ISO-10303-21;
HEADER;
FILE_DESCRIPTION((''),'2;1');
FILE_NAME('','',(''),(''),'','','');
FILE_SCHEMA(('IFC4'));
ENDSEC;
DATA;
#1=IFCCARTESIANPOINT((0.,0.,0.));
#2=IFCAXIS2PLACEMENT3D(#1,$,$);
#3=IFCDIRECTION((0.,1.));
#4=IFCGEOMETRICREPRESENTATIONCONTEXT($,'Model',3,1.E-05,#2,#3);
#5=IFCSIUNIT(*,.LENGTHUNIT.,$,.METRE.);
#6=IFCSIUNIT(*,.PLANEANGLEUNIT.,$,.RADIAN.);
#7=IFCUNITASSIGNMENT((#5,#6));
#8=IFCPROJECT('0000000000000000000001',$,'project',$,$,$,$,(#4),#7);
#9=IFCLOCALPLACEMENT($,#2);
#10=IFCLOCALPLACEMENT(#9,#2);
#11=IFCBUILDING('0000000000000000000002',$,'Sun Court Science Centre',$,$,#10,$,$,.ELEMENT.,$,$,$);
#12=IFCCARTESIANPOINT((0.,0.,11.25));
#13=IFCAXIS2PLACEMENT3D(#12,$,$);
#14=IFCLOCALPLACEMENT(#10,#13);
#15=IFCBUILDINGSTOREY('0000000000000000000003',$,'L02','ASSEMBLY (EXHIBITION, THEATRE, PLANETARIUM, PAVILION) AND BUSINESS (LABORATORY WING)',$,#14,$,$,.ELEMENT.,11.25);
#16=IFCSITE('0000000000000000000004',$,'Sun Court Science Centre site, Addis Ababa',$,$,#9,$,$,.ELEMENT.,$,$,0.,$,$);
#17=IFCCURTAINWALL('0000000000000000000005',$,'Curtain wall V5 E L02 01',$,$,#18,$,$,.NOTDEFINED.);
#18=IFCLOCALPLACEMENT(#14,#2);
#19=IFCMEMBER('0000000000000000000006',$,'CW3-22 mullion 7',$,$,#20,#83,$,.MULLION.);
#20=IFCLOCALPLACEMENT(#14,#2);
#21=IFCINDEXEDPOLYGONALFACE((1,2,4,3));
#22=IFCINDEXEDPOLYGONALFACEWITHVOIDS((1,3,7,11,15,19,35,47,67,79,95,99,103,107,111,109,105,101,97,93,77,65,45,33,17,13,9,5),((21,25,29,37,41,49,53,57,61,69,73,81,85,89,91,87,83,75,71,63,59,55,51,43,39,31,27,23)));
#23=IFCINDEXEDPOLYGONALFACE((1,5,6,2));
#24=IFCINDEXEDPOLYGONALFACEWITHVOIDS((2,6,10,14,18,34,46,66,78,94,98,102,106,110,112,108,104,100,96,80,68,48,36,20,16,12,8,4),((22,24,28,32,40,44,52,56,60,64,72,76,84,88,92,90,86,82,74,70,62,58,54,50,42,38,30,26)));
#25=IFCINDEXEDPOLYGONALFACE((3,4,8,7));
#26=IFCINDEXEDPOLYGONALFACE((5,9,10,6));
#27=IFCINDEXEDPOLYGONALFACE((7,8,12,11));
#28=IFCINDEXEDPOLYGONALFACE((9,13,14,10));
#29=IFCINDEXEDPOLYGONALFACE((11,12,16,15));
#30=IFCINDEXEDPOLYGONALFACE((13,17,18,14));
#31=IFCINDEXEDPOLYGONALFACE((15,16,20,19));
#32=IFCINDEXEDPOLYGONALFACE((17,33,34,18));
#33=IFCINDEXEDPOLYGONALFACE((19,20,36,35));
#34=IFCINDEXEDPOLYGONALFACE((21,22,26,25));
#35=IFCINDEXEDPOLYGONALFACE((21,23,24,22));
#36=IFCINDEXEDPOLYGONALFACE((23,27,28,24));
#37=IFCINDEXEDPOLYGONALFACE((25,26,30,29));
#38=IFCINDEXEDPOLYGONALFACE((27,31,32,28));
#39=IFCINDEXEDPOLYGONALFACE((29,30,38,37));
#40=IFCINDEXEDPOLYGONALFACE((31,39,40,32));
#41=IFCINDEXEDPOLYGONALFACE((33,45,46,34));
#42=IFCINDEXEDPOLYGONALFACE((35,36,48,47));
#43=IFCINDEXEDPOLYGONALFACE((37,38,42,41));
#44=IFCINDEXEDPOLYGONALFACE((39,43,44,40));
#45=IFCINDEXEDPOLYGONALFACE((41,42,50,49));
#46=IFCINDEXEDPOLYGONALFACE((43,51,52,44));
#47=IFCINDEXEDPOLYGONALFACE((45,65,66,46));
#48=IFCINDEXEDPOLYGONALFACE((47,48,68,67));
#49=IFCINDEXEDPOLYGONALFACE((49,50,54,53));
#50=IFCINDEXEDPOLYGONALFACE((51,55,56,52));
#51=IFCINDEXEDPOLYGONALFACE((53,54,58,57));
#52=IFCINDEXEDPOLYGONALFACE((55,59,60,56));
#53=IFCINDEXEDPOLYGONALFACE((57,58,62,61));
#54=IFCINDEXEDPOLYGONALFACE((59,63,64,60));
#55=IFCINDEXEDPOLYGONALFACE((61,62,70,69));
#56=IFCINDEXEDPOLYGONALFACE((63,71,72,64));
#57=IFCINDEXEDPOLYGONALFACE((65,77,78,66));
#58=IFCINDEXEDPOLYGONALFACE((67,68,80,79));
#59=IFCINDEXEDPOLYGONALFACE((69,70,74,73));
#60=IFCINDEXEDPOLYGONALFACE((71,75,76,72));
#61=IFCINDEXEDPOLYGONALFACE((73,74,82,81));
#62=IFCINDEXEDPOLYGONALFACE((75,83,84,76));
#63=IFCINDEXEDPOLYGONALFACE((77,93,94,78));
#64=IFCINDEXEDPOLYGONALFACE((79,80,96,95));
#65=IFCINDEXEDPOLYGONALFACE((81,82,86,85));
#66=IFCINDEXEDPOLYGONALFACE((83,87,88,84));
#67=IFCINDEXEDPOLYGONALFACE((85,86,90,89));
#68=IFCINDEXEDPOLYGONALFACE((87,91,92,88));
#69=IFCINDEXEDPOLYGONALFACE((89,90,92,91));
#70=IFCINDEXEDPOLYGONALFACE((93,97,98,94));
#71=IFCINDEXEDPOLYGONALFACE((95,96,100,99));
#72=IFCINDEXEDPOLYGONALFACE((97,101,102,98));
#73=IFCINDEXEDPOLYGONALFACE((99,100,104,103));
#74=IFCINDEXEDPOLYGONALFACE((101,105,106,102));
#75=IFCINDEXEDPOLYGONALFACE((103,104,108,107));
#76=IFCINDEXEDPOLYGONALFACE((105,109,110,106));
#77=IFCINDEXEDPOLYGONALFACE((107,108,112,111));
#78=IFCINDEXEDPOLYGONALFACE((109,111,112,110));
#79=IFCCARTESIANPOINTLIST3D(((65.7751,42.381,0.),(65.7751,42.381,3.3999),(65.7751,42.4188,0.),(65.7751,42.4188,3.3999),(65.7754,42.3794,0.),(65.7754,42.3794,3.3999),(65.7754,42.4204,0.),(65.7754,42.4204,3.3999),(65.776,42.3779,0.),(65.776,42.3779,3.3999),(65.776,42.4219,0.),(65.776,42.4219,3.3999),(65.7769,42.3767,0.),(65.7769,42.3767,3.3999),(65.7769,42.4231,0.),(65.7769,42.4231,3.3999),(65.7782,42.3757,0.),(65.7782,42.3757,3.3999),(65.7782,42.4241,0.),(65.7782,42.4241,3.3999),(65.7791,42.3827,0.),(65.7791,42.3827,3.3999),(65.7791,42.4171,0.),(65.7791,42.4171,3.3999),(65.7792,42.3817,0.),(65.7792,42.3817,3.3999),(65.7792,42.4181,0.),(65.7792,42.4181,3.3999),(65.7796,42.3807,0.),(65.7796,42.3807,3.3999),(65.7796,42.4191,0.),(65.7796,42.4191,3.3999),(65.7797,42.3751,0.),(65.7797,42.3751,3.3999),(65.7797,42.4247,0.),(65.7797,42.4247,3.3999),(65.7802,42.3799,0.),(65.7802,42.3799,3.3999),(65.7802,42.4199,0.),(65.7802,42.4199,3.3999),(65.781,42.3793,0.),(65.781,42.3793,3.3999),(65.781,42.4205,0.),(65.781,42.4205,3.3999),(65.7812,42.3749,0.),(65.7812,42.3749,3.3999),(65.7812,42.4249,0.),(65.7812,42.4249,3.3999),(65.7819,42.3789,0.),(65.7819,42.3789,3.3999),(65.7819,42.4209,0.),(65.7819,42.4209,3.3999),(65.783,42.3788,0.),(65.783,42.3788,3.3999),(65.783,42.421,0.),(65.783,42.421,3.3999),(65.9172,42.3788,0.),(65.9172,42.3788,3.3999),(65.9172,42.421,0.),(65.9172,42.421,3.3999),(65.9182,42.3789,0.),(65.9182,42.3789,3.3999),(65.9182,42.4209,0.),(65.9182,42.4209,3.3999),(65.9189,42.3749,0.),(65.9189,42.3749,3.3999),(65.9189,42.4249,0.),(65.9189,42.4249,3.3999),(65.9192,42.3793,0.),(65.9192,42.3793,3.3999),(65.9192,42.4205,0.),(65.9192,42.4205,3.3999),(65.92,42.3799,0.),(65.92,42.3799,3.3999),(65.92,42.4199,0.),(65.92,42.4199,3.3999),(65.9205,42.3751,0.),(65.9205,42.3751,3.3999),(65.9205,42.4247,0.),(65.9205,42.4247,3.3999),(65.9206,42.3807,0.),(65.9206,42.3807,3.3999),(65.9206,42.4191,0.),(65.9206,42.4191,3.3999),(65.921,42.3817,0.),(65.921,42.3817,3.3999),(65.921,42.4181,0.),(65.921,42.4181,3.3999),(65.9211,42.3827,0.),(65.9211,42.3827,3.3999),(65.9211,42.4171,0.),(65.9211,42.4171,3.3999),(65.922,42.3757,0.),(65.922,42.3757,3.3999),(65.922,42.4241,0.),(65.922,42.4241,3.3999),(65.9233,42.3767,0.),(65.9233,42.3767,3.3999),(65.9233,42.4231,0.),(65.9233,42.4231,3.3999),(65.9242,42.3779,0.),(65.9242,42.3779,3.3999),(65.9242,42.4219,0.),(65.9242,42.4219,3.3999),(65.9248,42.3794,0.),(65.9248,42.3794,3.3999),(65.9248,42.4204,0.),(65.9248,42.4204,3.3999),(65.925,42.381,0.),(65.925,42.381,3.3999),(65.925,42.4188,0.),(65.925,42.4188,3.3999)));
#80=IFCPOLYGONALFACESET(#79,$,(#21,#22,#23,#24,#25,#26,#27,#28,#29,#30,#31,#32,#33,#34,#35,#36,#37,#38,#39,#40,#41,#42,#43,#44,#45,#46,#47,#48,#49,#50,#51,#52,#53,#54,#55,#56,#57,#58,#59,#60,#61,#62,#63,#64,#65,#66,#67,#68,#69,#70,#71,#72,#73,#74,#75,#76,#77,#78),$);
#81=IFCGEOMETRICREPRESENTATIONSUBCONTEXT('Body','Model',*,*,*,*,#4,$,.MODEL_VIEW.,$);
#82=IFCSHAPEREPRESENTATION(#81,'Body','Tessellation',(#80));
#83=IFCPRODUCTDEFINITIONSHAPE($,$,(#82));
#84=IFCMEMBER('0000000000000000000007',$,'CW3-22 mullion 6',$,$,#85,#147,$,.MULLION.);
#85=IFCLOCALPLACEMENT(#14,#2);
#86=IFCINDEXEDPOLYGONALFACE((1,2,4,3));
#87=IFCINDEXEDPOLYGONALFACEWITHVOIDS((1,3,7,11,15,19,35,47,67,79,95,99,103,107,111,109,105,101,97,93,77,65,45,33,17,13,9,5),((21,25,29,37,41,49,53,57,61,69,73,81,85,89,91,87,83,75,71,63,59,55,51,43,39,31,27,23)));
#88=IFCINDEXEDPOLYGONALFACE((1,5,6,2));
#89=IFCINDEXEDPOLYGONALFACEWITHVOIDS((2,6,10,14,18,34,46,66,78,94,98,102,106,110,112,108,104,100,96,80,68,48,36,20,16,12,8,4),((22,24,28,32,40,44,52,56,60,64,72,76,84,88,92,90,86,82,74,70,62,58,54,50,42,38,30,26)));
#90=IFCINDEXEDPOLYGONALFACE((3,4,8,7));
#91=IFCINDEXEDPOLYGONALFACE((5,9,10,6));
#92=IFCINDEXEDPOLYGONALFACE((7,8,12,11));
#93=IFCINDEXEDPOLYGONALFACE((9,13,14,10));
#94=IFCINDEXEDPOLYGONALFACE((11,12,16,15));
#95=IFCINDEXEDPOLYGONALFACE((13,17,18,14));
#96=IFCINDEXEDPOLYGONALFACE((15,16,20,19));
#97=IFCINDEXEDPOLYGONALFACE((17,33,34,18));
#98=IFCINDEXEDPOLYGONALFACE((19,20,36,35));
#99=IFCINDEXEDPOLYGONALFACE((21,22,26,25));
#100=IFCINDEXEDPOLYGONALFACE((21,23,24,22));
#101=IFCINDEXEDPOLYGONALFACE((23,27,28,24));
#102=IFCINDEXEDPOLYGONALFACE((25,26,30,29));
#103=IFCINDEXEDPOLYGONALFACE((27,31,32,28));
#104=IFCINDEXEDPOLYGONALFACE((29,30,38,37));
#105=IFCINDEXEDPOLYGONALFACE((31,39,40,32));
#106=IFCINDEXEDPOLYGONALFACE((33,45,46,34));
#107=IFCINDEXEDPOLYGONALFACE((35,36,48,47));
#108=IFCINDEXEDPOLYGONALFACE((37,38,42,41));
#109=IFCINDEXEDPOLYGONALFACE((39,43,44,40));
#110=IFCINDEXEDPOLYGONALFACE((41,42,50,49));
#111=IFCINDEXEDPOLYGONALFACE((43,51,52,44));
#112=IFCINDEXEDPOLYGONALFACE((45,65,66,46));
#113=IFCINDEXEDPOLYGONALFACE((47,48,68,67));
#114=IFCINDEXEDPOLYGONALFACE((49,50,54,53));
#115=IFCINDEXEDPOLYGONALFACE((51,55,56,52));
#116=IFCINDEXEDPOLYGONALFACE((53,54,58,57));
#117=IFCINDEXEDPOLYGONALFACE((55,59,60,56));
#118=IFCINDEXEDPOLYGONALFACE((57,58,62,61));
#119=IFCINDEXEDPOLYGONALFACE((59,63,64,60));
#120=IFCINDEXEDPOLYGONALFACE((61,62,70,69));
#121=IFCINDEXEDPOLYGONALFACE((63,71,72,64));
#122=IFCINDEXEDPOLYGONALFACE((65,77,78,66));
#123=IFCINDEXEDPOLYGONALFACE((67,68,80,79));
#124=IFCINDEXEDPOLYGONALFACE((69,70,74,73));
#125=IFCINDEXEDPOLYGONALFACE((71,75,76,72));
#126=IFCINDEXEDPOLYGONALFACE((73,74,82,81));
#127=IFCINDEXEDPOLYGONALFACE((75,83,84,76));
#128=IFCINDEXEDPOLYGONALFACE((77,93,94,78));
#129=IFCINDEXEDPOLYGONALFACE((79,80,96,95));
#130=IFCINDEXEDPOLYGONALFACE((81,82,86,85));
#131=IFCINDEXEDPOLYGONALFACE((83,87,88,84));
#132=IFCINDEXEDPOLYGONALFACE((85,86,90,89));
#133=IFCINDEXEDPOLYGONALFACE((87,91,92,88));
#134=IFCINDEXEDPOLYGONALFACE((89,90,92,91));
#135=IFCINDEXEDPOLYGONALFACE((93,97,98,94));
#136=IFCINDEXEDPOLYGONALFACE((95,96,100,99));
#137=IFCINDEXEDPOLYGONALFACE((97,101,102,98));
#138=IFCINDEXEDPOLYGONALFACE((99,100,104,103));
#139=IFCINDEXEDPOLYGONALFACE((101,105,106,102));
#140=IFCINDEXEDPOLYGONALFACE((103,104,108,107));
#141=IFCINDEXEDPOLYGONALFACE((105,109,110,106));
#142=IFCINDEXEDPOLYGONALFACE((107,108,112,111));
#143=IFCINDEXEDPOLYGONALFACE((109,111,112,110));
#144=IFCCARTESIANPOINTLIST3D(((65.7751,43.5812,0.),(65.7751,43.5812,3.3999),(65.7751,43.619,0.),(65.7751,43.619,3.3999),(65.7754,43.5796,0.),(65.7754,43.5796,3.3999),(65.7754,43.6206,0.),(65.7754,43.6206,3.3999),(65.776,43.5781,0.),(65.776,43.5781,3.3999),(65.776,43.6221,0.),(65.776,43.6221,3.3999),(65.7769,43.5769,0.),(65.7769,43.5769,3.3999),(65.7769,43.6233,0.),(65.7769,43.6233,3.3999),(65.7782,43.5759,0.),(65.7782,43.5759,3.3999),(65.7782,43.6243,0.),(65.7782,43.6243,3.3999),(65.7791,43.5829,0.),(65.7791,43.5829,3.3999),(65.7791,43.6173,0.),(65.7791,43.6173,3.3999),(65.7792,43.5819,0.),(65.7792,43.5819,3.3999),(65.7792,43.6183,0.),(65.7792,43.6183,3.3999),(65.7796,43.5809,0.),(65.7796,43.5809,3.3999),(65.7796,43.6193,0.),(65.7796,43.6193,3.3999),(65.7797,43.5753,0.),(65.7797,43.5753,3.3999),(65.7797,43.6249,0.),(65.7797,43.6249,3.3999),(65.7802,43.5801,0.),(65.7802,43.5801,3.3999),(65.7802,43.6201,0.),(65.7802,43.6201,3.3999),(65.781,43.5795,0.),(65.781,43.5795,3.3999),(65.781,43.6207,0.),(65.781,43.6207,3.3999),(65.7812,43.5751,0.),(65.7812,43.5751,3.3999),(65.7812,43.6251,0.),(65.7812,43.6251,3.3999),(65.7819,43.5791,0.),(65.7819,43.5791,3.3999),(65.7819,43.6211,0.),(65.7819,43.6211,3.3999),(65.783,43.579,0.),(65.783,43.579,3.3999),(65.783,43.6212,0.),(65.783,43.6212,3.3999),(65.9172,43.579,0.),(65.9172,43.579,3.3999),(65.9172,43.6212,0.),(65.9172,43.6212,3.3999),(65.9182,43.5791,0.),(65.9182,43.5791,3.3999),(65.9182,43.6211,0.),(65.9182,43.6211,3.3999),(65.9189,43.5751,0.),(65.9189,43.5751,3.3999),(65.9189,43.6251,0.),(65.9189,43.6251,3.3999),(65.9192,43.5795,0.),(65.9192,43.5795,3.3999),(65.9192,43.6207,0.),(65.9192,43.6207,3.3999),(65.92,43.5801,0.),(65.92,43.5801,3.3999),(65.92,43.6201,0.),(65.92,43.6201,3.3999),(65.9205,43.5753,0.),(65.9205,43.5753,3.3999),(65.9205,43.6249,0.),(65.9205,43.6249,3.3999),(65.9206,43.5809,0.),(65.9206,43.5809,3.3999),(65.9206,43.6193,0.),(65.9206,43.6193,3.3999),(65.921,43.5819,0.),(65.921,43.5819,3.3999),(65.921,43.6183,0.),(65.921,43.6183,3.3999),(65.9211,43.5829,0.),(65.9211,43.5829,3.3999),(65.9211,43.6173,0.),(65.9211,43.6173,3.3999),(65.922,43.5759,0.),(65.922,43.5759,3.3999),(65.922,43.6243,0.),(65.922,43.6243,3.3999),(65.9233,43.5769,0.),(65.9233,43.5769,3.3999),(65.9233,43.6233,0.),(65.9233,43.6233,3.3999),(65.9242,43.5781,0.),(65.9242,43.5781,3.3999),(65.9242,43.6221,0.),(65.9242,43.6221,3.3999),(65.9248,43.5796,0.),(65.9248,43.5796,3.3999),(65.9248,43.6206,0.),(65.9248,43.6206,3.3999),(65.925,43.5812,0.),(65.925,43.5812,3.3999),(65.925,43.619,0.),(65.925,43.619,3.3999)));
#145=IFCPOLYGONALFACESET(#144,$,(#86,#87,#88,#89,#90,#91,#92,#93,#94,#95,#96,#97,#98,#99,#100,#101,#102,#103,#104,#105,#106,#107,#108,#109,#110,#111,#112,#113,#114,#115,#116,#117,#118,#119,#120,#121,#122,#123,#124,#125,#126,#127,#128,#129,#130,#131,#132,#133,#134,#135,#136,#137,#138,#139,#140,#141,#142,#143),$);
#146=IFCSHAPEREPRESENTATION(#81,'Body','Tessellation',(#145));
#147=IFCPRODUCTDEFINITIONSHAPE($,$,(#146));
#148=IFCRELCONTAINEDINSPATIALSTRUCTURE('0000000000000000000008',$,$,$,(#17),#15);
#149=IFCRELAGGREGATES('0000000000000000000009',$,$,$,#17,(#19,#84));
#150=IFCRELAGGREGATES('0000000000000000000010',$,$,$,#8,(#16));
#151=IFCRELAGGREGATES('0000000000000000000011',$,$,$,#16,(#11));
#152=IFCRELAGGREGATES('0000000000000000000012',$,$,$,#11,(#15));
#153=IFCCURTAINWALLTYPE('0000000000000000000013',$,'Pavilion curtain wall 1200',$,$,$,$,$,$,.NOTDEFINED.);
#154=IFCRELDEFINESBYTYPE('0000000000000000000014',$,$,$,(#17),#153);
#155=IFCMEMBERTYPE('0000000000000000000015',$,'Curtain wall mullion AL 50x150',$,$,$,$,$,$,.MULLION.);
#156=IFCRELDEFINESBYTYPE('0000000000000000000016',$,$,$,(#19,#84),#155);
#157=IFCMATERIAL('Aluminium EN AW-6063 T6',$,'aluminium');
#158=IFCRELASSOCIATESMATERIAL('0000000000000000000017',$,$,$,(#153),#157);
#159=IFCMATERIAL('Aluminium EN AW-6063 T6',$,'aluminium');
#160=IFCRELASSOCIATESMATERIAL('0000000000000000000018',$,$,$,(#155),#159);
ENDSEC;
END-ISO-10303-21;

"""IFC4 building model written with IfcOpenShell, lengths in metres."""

from ifc_helpers import new_model, si_unit, direction, frame, origin, origin_2d, place, context, subcontext, project, spatial, hollow_rectangle, extrude, material, material_profile, profile_set, type_object, element, aggregate, save


model = new_model("IFC4")

# Units and contexts
model_context = context("Model", 3, precision=1e-05, world=origin(), true_north=direction((0.0, 1.0)))
body_context = subcontext(model_context, "Body", "Model", "MODEL_VIEW")
ifc_project = project(units=[si_unit("LENGTHUNIT", "METRE"), si_unit("PLANEANGLEUNIT", "RADIAN")], contexts=[model_context])

# Site, building, storey
site_placement = place(None, origin())
site = spatial("IfcSite", under=ifc_project, at=site_placement, Name="Sun Court Science Centre site, Addis Ababa", CompositionType="ELEMENT", RefElevation=0.0)
building_placement = place(site_placement, origin())
building = spatial("IfcBuilding", under=site, at=building_placement, Name="Sun Court Science Centre", CompositionType="ELEMENT")
storey_placement = place(building_placement, frame((0.0, 0.0, 11.25)))
storey = spatial("IfcBuildingStorey", under=building, at=storey_placement, Name="L02", Description="ASSEMBLY (EXHIBITION, THEATRE, PLANETARIUM, PAVILION) AND BUSINESS (LABORATORY WING)", CompositionType="ELEMENT", Elevation=11.25)

# Curtain wall, members
ifc_material_1 = material(Name="Aluminium EN AW-6063 T6", Category="aluminium")
curtain_wall_type = type_object("IfcCurtainWallType", Name="Pavilion curtain wall 1200", PredefinedType="NOTDEFINED", material=ifc_material_1)
curtain_wall_placement = place(storey_placement, origin())
curtain_wall = element("IfcCurtainWall", 1, at=curtain_wall_placement, inside=storey, type_object=curtain_wall_type, Name="Curtain wall V5 E L02 01", PredefinedType="NOTDEFINED")
ifc_material_2 = material(Name="Aluminium EN AW-6063 T6", Category="aluminium")
ifc_material_profile_1 = material_profile(ifc_material_2, hollow_rectangle(XDim=0.05, YDim=0.1499, WallThickness=0.0039, InnerFilletRadius=0.0039, OuterFilletRadius=0.0061, at=origin_2d()), Name="AL 50x150x4")
ifc_profile_set_1 = profile_set([ifc_material_profile_1], Name="Aluminium EN AW-6063 T6")
member_type_1 = type_object("IfcMemberType", Name="Curtain wall mullion AL 50x150", PredefinedType="MULLION", material=ifc_profile_set_1)
member_1_placement = place(storey_placement, frame((65.8501, 42.3999, 0.0), z_axis=(0.0, 0.0, 1.0), x_axis=(0.0, -1.0, 0.0)))
member_1 = element("IfcMember", 2, at=member_1_placement, type_object=member_type_1, Name="CW3-22 mullion 7", PredefinedType="MULLION", context=body_context, shape_type="SweptSolid", body=[
    extrude(hollow_rectangle(XDim=0.05, YDim=0.1499, WallThickness=0.0039, InnerFilletRadius=0.0039, OuterFilletRadius=0.0061, at=origin_2d()), origin(), (0.0, 0.0, 1.0), 3.3999),
])
member_2_placement = place(storey_placement, frame((65.8501, 43.6001, 0.0), z_axis=(0.0, 0.0, 1.0), x_axis=(0.0, -1.0, 0.0)))
member_2 = element("IfcMember", 3, at=member_2_placement, type_object=member_type_1, Name="CW3-22 mullion 6", PredefinedType="MULLION", context=body_context, shape_type="SweptSolid", body=[
    extrude(hollow_rectangle(XDim=0.05, YDim=0.1499, WallThickness=0.0039, InnerFilletRadius=0.0039, OuterFilletRadius=0.0061, at=origin_2d()), origin(), (0.0, 0.0, 1.0), 3.3999),
])
aggregate(curtain_wall, [member_1, member_2])

save(model, "model.ifc")
